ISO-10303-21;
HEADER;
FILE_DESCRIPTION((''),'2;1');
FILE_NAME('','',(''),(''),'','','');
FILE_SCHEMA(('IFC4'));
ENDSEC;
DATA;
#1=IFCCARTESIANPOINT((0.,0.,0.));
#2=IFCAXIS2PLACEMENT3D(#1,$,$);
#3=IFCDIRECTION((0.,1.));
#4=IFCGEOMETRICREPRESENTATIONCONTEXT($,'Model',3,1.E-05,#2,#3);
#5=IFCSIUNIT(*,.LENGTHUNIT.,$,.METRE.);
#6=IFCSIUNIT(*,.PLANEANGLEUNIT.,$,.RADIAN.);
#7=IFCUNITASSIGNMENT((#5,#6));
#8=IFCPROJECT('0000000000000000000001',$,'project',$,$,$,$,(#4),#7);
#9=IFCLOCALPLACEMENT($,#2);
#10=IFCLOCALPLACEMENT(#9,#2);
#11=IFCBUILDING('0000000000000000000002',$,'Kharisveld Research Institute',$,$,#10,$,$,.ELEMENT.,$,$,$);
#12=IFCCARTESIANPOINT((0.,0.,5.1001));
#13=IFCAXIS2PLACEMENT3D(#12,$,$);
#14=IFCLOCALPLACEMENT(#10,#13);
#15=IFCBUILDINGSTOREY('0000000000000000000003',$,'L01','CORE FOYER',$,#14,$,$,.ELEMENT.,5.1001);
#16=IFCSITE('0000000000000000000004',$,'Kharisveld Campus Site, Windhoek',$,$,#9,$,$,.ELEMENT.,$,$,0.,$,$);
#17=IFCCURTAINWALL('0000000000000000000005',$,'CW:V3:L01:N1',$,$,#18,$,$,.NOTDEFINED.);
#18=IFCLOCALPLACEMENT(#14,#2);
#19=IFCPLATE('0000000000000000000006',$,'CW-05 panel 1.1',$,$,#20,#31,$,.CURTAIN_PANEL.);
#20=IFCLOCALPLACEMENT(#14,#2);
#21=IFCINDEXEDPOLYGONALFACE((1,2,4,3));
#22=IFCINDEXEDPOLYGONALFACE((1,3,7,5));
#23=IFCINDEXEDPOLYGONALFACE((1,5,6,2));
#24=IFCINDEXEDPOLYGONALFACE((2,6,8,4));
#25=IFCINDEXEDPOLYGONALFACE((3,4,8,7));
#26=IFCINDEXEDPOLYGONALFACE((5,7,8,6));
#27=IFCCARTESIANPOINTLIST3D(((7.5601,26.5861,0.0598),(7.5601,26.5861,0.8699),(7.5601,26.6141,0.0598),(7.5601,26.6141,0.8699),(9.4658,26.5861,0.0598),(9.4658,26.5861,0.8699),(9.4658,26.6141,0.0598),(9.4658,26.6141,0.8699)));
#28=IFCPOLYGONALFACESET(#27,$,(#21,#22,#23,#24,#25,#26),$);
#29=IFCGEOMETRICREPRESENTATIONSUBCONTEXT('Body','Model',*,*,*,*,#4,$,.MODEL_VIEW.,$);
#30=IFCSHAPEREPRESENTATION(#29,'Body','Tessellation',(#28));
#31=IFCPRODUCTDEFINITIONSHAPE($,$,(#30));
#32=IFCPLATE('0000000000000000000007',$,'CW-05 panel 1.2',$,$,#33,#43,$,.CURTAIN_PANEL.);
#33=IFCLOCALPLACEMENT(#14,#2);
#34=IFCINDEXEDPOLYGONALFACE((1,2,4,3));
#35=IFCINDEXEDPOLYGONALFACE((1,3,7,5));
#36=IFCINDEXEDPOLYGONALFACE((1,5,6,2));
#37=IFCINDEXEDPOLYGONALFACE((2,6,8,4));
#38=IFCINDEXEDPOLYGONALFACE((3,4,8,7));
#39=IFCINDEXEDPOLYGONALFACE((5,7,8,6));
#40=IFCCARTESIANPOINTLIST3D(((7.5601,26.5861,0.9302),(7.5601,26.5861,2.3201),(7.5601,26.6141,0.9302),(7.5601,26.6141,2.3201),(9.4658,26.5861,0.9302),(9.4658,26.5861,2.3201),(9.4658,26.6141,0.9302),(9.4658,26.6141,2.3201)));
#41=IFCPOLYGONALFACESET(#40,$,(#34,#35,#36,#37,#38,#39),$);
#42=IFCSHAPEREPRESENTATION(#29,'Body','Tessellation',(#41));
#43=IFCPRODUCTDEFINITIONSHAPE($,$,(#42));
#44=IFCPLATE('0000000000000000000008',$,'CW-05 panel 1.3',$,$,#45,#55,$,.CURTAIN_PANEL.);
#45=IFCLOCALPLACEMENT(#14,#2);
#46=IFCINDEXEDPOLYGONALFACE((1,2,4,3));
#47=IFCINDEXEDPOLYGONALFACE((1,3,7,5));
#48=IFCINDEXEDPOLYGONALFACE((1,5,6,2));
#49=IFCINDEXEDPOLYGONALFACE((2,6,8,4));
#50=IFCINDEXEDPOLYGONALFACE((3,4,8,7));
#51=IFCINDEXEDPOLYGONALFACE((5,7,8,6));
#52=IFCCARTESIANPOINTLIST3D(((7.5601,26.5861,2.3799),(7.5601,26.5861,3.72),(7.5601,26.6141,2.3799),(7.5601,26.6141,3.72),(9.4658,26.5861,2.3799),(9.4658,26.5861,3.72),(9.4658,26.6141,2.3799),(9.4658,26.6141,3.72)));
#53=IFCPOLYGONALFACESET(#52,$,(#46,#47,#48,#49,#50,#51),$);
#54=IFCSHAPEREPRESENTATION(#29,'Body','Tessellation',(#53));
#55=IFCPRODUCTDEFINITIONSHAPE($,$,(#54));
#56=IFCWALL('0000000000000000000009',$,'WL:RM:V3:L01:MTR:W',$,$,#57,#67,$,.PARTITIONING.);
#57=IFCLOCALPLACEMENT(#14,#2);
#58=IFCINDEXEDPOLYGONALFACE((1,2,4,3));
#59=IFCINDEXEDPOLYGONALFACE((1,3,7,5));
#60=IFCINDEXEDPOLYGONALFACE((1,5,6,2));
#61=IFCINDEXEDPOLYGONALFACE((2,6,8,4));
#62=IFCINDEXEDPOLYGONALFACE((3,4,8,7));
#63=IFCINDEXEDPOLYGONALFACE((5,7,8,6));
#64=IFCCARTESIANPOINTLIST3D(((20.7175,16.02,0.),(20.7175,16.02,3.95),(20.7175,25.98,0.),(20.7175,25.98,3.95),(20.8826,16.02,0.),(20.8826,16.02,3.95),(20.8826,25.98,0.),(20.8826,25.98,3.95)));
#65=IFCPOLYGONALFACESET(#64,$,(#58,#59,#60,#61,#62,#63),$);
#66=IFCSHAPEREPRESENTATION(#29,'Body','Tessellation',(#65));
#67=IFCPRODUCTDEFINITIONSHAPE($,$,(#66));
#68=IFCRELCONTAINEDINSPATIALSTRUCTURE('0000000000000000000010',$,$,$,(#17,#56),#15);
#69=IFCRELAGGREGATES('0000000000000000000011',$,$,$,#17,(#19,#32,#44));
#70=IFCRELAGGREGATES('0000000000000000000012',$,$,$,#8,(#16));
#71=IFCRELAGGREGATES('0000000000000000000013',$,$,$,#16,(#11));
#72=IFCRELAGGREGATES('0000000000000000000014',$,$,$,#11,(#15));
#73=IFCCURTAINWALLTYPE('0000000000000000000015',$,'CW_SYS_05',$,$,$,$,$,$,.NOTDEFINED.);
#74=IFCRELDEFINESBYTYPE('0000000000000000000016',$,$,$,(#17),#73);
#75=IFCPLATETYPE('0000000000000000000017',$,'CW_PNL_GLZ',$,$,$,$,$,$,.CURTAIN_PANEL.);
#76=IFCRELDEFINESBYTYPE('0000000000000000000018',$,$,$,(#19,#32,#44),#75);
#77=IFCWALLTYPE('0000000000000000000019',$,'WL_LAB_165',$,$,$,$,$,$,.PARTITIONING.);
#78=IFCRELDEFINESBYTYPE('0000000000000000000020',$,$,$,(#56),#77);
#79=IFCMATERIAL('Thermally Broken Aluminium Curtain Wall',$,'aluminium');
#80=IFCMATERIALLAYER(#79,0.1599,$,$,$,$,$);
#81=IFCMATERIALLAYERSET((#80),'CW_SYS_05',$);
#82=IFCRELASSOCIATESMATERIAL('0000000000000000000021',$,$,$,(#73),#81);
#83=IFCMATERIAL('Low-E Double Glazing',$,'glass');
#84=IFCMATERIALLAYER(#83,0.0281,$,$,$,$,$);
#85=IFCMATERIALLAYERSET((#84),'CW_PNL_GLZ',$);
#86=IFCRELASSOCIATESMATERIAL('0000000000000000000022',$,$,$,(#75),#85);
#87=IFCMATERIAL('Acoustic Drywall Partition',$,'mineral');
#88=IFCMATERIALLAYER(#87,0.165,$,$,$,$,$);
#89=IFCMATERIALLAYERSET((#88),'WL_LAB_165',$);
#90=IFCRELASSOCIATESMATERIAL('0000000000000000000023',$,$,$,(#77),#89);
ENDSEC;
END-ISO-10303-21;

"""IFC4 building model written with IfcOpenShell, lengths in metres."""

from ifc_helpers import new_model, si_unit, direction, frame, frame_2d, origin, origin_2d, place, context, subcontext, project, spatial, rectangle, extrude, material, layer, layer_set, type_object, element, aggregate, save


model = new_model("IFC4")

# Units and contexts
model_context = context("Model", 3, precision=1e-05, world=origin(), true_north=direction((0.0, 1.0)))
body_context = subcontext(model_context, "Body", "Model", "MODEL_VIEW")
ifc_project = project(units=[si_unit("LENGTHUNIT", "METRE"), si_unit("PLANEANGLEUNIT", "RADIAN")], contexts=[model_context])

# Site, building, storey
site_placement = place(None, origin())
site = spatial("IfcSite", under=ifc_project, at=site_placement, Name="Kharisveld Campus Site, Windhoek", CompositionType="ELEMENT", RefElevation=0.0)
building_placement = place(site_placement, origin())
building = spatial("IfcBuilding", under=site, at=building_placement, Name="Kharisveld Research Institute", CompositionType="ELEMENT")
storey_placement = place(building_placement, frame((0.0, 0.0, 5.1001)))
storey = spatial("IfcBuildingStorey", under=building, at=storey_placement, Name="L01", Description="CORE FOYER", CompositionType="ELEMENT", Elevation=5.1001)

# Curtain wall
ifc_material_1 = material(Name="Thermally Broken Aluminium Curtain Wall", Category="aluminium")
ifc_layer_1 = layer(ifc_material_1, 0.1599)
ifc_layer_set_1 = layer_set([ifc_layer_1], Name="CW_SYS_05")
curtain_wall_type = type_object("IfcCurtainWallType", Name="CW_SYS_05", PredefinedType="NOTDEFINED", material=ifc_layer_set_1)
curtain_wall_placement = place(storey_placement, origin())
curtain_wall = element("IfcCurtainWall", 1, at=curtain_wall_placement, inside=storey, type_object=curtain_wall_type, Name="CW:V3:L01:N1", PredefinedType="NOTDEFINED")

# Plates
ifc_material_2 = material(Name="Low-E Double Glazing", Category="glass")
ifc_layer_2 = layer(ifc_material_2, 0.0281)
ifc_layer_set_2 = layer_set([ifc_layer_2], Name="CW_PNL_GLZ")
plate_type = type_object("IfcPlateType", Name="CW_PNL_GLZ", PredefinedType="CURTAIN_PANEL", material=ifc_layer_set_2)
plate_1_placement = place(storey_placement, frame((8.5129, 26.6001, 0.0598), z_axis=(0.0, 0.0, 1.0), x_axis=(1.0, 0.0, 0.0)))
plate_1 = element("IfcPlate", 2, at=plate_1_placement, type_object=plate_type, Name="CW-05 panel 1.1", PredefinedType="CURTAIN_PANEL", context=body_context, shape_type="SweptSolid", body=[
    extrude(rectangle(XDim=1.9058, YDim=0.0281, at=origin_2d()), origin(), (0.0, 0.0, 1.0), 0.8101),
])
plate_2_placement = place(storey_placement, frame((8.5129, 26.6001, 0.9302), z_axis=(0.0, 0.0, 1.0), x_axis=(1.0, 0.0, 0.0)))
plate_2 = element("IfcPlate", 3, at=plate_2_placement, type_object=plate_type, Name="CW-05 panel 1.2", PredefinedType="CURTAIN_PANEL", context=body_context, shape_type="SweptSolid", body=[
    extrude(rectangle(XDim=1.9058, YDim=0.0281, at=origin_2d()), origin(), (0.0, 0.0, 1.0), 1.3899),
])
plate_3_placement = place(storey_placement, frame((8.5129, 26.6001, 2.3799), z_axis=(0.0, 0.0, 1.0), x_axis=(1.0, 0.0, 0.0)))
plate_3 = element("IfcPlate", 4, at=plate_3_placement, type_object=plate_type, Name="CW-05 panel 1.3", PredefinedType="CURTAIN_PANEL", context=body_context, shape_type="SweptSolid", body=[
    extrude(rectangle(XDim=1.9058, YDim=0.0281, at=origin_2d()), origin(), (0.0, 0.0, 1.0), 1.3401),
])
aggregate(curtain_wall, [plate_1, plate_2, plate_3])

# Wall
ifc_material_3 = material(Name="Acoustic Drywall Partition", Category="mineral")
ifc_layer_3 = layer(ifc_material_3, 0.165)
ifc_layer_set_3 = layer_set([ifc_layer_3], Name="WL_LAB_165")
wall_type = type_object("IfcWallType", Name="WL_LAB_165", PredefinedType="PARTITIONING", material=ifc_layer_set_3)
wall_placement = place(storey_placement, frame((20.8, 25.98, 0.0), z_axis=(0.0, 0.0, 1.0), x_axis=(0.0, -1.0, 0.0)))
element("IfcWall", 5, at=wall_placement, inside=storey, type_object=wall_type, Name="WL:RM:V3:L01:MTR:W", PredefinedType="PARTITIONING", context=body_context, shape_type="SweptSolid", body=[
    extrude(rectangle(XDim=9.96, YDim=0.165, at=frame_2d((4.98, 0.0))), origin(), (0.0, 0.0, 1.0), 3.95),
])

save(model, "model.ifc")
